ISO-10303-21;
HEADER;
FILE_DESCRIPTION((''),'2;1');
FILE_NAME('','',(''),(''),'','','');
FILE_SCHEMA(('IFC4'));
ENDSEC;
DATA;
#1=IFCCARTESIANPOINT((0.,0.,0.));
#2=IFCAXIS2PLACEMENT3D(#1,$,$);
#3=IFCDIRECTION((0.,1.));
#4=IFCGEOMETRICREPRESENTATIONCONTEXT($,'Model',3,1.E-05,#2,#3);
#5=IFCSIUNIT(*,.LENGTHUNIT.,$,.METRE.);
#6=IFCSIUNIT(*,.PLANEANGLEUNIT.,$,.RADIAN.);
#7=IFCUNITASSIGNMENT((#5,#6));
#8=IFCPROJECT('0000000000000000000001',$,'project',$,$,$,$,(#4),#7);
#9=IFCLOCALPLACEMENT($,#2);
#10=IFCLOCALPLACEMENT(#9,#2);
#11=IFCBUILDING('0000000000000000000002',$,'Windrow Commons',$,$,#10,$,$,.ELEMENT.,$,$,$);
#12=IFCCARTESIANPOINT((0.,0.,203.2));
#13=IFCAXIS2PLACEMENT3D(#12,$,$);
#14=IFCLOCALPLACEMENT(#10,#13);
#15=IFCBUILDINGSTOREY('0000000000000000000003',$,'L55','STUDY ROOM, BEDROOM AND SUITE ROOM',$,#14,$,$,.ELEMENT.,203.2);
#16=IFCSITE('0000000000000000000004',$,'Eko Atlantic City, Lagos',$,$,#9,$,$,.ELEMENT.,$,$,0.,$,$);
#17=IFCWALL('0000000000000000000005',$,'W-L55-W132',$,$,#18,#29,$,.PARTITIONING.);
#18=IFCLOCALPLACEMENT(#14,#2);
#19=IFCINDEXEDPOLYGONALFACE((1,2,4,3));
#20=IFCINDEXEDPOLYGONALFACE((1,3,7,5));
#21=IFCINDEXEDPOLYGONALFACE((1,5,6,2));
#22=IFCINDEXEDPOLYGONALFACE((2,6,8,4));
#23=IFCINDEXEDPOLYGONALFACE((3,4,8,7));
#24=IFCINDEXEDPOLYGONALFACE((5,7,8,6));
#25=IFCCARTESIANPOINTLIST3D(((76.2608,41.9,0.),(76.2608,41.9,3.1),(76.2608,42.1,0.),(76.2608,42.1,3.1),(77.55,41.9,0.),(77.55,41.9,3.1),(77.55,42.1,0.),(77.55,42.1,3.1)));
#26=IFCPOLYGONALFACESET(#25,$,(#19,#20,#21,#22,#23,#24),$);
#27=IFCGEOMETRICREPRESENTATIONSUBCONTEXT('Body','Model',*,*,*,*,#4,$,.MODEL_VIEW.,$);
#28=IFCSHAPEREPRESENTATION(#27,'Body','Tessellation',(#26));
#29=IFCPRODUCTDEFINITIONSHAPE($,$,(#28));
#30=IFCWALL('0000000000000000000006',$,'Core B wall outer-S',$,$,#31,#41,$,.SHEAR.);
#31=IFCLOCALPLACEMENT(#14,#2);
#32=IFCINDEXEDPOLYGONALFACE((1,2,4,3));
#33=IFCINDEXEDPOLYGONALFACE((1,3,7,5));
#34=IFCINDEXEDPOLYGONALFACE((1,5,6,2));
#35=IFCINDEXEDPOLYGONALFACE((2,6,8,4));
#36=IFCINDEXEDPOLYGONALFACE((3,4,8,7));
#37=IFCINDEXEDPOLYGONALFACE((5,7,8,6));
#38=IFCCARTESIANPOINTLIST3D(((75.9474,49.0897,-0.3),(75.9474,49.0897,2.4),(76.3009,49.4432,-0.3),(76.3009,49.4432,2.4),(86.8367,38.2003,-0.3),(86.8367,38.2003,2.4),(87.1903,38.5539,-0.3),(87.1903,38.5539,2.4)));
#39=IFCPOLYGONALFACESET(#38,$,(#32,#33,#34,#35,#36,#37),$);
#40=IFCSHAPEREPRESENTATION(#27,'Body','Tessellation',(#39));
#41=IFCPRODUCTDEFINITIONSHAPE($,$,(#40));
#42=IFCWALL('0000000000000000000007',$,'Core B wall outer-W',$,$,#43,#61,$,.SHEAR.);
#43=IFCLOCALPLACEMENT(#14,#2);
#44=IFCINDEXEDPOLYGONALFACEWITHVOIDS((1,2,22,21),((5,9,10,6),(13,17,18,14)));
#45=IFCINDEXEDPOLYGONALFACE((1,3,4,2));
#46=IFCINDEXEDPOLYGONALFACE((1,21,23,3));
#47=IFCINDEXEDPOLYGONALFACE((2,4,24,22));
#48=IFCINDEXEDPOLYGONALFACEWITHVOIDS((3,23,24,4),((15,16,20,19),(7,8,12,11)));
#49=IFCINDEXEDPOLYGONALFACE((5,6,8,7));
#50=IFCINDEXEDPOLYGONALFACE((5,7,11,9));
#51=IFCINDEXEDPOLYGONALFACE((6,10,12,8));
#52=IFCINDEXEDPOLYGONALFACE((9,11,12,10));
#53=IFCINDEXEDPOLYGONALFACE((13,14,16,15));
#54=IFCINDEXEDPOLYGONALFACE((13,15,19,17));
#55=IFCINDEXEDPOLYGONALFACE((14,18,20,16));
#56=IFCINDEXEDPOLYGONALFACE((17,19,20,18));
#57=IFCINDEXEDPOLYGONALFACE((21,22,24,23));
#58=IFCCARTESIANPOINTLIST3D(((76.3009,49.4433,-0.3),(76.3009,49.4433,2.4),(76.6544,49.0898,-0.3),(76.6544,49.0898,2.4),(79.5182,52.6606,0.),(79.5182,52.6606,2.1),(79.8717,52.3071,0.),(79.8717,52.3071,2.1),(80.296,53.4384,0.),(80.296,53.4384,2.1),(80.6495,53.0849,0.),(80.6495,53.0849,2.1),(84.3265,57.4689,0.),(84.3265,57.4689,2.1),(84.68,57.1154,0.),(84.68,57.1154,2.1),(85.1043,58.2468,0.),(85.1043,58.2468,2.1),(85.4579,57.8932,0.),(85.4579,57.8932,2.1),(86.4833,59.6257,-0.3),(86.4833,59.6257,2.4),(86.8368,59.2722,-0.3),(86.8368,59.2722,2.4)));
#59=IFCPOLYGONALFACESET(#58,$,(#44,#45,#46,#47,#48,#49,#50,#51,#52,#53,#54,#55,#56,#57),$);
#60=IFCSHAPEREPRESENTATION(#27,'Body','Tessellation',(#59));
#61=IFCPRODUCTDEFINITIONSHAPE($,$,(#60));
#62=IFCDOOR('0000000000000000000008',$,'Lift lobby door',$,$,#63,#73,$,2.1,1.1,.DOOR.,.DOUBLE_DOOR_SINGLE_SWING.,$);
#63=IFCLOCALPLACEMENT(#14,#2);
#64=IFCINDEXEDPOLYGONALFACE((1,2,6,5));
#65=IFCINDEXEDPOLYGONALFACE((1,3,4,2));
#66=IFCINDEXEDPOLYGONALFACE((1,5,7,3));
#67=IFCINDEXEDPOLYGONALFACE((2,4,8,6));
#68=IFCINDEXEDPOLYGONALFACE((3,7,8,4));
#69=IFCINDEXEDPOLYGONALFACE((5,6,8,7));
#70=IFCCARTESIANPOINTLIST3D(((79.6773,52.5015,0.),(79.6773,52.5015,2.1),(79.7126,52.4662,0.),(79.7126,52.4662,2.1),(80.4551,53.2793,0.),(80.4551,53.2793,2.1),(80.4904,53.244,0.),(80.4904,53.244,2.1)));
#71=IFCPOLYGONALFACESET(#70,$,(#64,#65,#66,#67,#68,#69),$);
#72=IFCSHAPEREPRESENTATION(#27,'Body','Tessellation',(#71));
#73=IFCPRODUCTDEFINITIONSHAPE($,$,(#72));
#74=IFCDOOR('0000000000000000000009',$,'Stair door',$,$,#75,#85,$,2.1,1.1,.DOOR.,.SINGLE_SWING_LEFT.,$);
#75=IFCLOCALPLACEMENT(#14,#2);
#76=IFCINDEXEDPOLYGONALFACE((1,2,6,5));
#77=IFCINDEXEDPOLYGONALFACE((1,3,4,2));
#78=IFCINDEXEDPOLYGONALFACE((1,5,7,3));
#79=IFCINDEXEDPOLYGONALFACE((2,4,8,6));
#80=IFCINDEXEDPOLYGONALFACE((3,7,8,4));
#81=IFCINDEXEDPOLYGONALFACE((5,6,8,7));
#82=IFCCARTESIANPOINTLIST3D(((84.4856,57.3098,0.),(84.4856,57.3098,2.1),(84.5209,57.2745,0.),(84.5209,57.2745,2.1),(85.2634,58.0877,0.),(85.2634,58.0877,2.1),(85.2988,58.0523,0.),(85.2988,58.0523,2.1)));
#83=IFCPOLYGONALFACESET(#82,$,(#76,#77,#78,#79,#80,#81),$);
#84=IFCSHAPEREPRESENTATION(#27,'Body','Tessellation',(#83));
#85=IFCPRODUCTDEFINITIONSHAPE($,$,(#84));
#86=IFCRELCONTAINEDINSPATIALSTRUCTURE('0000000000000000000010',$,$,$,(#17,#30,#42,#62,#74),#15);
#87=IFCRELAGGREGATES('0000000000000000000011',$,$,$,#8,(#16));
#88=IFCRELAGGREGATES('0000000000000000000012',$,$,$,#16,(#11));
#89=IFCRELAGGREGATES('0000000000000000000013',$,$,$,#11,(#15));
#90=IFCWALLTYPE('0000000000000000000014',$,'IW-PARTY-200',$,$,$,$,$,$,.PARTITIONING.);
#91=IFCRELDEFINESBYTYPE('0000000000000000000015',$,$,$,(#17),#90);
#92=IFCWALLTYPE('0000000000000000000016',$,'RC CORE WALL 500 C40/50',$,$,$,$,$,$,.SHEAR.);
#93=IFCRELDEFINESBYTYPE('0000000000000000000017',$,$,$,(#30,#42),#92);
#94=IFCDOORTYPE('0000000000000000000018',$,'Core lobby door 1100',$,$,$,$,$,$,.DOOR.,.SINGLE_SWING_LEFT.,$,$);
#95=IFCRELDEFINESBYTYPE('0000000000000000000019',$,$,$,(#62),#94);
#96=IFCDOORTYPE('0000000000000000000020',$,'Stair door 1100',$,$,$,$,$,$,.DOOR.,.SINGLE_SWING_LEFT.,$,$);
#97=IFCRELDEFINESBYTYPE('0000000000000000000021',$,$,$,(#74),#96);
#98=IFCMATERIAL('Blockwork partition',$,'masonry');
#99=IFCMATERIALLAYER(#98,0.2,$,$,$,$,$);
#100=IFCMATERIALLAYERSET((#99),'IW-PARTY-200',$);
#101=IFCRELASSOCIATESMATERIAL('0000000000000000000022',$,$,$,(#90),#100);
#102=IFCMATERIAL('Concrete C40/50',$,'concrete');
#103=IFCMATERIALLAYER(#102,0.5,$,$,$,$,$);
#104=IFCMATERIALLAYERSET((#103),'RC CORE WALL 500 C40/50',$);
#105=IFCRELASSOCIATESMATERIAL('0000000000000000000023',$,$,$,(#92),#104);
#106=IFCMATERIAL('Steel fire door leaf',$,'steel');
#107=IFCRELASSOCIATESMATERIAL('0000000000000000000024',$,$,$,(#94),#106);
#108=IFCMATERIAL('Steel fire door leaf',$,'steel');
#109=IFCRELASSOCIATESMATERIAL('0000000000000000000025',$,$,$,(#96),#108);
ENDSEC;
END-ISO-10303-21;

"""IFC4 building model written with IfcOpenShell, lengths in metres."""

from ifc_helpers import new_model, si_unit, direction, frame, frame_2d, origin, place, context, subcontext, project, spatial, rectangle, extrude, material, layer, layer_set, type_object, element, fill, save


model = new_model("IFC4")

# Units and contexts
model_context = context("Model", 3, precision=1e-05, world=origin(), true_north=direction((0.0, 1.0)))
body_context = subcontext(model_context, "Body", "Model", "MODEL_VIEW")
ifc_project = project(units=[si_unit("LENGTHUNIT", "METRE"), si_unit("PLANEANGLEUNIT", "RADIAN")], contexts=[model_context])

# Site, building, storey
site_placement = place(None, origin())
site = spatial("IfcSite", under=ifc_project, at=site_placement, Name="Eko Atlantic City, Lagos", CompositionType="ELEMENT", RefElevation=0.0)
building_placement = place(site_placement, origin())
building = spatial("IfcBuilding", under=site, at=building_placement, Name="Windrow Commons", CompositionType="ELEMENT")
storey_placement = place(building_placement, frame((0.0, 0.0, 203.2)))
storey = spatial("IfcBuildingStorey", under=building, at=storey_placement, Name="L55", Description="STUDY ROOM, BEDROOM AND SUITE ROOM", CompositionType="ELEMENT", Elevation=203.2)

# Walls
ifc_material_1 = material(Name="Blockwork partition", Category="masonry")
ifc_layer_1 = layer(ifc_material_1, 0.2)
ifc_layer_set_1 = layer_set([ifc_layer_1], Name="IW-PARTY-200")
wall_type_1 = type_object("IfcWallType", Name="IW-PARTY-200", PredefinedType="PARTITIONING", material=ifc_layer_set_1)
wall_1_placement = place(storey_placement, frame((76.2609, 42.0, 0.0), z_axis=(0.0, 0.0, 1.0), x_axis=(1.0, 0.0, 0.0)))
element("IfcWall", 1, at=wall_1_placement, inside=storey, type_object=wall_type_1, Name="W-L55-W132", PredefinedType="PARTITIONING", context=body_context, shape_type="SweptSolid", body=[
    extrude(rectangle(XDim=1.2891, YDim=0.2, at=frame_2d((0.6445, 0.0))), origin(), (0.0, 0.0, 1.0), 3.1),
])
ifc_material_2 = material(Name="Concrete C40/50", Category="concrete")
ifc_layer_2 = layer(ifc_material_2, 0.5)
ifc_layer_set_2 = layer_set([ifc_layer_2], Name="RC CORE WALL 500 C40/50")
wall_type_2 = type_object("IfcWallType", Name="RC CORE WALL 500 C40/50", PredefinedType="SHEAR", material=ifc_layer_set_2)
wall_2_placement = place(storey_placement, frame((76.1241, 49.2665, -0.3), z_axis=(0.0, 0.0, 1.0), x_axis=(0.707107, -0.707107, 0.0)))
element("IfcWall", 2, at=wall_2_placement, inside=storey, type_object=wall_type_2, Name="Core B wall outer-S", PredefinedType="SHEAR", context=body_context, shape_type="SweptSolid", body=[
    extrude(rectangle(XDim=15.3999, YDim=0.5, at=frame_2d((7.7, 0.0))), origin(), (0.0, 0.0, 1.0), 2.7),
])

# Wall, openings, doors
wall_3_placement = place(storey_placement, frame((76.4776, 49.2665, -0.3), z_axis=(0.0, 0.0, 1.0), x_axis=(0.707107, 0.707107, 0.0)))
wall_3 = element("IfcWall", 3, at=wall_3_placement, inside=storey, type_object=wall_type_2, Name="Core B wall outer-W", PredefinedType="SHEAR", context=body_context, shape_type="SweptSolid", body=[
    extrude(rectangle(XDim=14.4001, YDim=0.5, at=frame_2d((7.2001, 0.0))), origin(), (0.0, 0.0, 1.0), 2.7),
])
opening_1_placement = place(wall_3_placement, frame((4.55, 0.0, 0.3)))
opening_1 = element("IfcOpeningElement", 4, at=opening_1_placement, cuts=wall_3, PredefinedType="OPENING", context=body_context, shape_type="SweptSolid", body=[
    extrude(rectangle(XDim=1.1, YDim=2.1, at=frame_2d((0.55, 1.05))), frame((0.0, 0.26, 0.0), z_axis=(0.0, -1.0, 0.0), x_axis=(1.0, 0.0, 0.0)), (0.0, 0.0, 1.0), 0.52),
])
opening_2_placement = place(wall_3_placement, frame((11.35, 0.0, 0.3)))
opening_2 = element("IfcOpeningElement", 5, at=opening_2_placement, cuts=wall_3, PredefinedType="OPENING", context=body_context, shape_type="SweptSolid", body=[
    extrude(rectangle(XDim=1.1, YDim=2.1, at=frame_2d((0.55, 1.05))), frame((0.0, 0.26, 0.0), z_axis=(0.0, -1.0, 0.0), x_axis=(1.0, 0.0, 0.0)), (0.0, 0.0, 1.0), 0.52),
])
ifc_material_3 = material(Name="Steel fire door leaf", Category="steel")
door_type_1 = type_object("IfcDoorType", Name="Core lobby door 1100", OperationType="SINGLE_SWING_LEFT", PredefinedType="DOOR", material=ifc_material_3)
door_1_placement = place(opening_1_placement, origin())
door_1 = element("IfcDoor", 6, at=door_1_placement, inside=storey, type_object=door_type_1, Name="Lift lobby door", OperationType="DOUBLE_DOOR_SINGLE_SWING", OverallHeight=2.1, OverallWidth=1.1, PredefinedType="DOOR", context=body_context, shape_type="SweptSolid", body=[
    extrude(rectangle(XDim=1.1, YDim=2.1, at=frame_2d((0.55, 1.05))), frame((0.0, 0.025, 0.0), z_axis=(0.0, -1.0, 0.0), x_axis=(1.0, 0.0, 0.0)), (0.0, 0.0, 1.0), 0.05),
])
fill(opening_1, door_1)
ifc_material_4 = material(Name="Steel fire door leaf", Category="steel")
door_type_2 = type_object("IfcDoorType", Name="Stair door 1100", OperationType="SINGLE_SWING_LEFT", PredefinedType="DOOR", material=ifc_material_4)
door_2_placement = place(opening_2_placement, origin())
door_2 = element("IfcDoor", 7, at=door_2_placement, inside=storey, type_object=door_type_2, Name="Stair door", OperationType="SINGLE_SWING_LEFT", OverallHeight=2.1, OverallWidth=1.1, PredefinedType="DOOR", context=body_context, shape_type="SweptSolid", body=[
    extrude(rectangle(XDim=1.1, YDim=2.1, at=frame_2d((0.55, 1.05))), frame((0.0, 0.025, 0.0), z_axis=(0.0, -1.0, 0.0), x_axis=(1.0, 0.0, 0.0)), (0.0, 0.0, 1.0), 0.05),
])
fill(opening_2, door_2)

save(model, "model.ifc")
